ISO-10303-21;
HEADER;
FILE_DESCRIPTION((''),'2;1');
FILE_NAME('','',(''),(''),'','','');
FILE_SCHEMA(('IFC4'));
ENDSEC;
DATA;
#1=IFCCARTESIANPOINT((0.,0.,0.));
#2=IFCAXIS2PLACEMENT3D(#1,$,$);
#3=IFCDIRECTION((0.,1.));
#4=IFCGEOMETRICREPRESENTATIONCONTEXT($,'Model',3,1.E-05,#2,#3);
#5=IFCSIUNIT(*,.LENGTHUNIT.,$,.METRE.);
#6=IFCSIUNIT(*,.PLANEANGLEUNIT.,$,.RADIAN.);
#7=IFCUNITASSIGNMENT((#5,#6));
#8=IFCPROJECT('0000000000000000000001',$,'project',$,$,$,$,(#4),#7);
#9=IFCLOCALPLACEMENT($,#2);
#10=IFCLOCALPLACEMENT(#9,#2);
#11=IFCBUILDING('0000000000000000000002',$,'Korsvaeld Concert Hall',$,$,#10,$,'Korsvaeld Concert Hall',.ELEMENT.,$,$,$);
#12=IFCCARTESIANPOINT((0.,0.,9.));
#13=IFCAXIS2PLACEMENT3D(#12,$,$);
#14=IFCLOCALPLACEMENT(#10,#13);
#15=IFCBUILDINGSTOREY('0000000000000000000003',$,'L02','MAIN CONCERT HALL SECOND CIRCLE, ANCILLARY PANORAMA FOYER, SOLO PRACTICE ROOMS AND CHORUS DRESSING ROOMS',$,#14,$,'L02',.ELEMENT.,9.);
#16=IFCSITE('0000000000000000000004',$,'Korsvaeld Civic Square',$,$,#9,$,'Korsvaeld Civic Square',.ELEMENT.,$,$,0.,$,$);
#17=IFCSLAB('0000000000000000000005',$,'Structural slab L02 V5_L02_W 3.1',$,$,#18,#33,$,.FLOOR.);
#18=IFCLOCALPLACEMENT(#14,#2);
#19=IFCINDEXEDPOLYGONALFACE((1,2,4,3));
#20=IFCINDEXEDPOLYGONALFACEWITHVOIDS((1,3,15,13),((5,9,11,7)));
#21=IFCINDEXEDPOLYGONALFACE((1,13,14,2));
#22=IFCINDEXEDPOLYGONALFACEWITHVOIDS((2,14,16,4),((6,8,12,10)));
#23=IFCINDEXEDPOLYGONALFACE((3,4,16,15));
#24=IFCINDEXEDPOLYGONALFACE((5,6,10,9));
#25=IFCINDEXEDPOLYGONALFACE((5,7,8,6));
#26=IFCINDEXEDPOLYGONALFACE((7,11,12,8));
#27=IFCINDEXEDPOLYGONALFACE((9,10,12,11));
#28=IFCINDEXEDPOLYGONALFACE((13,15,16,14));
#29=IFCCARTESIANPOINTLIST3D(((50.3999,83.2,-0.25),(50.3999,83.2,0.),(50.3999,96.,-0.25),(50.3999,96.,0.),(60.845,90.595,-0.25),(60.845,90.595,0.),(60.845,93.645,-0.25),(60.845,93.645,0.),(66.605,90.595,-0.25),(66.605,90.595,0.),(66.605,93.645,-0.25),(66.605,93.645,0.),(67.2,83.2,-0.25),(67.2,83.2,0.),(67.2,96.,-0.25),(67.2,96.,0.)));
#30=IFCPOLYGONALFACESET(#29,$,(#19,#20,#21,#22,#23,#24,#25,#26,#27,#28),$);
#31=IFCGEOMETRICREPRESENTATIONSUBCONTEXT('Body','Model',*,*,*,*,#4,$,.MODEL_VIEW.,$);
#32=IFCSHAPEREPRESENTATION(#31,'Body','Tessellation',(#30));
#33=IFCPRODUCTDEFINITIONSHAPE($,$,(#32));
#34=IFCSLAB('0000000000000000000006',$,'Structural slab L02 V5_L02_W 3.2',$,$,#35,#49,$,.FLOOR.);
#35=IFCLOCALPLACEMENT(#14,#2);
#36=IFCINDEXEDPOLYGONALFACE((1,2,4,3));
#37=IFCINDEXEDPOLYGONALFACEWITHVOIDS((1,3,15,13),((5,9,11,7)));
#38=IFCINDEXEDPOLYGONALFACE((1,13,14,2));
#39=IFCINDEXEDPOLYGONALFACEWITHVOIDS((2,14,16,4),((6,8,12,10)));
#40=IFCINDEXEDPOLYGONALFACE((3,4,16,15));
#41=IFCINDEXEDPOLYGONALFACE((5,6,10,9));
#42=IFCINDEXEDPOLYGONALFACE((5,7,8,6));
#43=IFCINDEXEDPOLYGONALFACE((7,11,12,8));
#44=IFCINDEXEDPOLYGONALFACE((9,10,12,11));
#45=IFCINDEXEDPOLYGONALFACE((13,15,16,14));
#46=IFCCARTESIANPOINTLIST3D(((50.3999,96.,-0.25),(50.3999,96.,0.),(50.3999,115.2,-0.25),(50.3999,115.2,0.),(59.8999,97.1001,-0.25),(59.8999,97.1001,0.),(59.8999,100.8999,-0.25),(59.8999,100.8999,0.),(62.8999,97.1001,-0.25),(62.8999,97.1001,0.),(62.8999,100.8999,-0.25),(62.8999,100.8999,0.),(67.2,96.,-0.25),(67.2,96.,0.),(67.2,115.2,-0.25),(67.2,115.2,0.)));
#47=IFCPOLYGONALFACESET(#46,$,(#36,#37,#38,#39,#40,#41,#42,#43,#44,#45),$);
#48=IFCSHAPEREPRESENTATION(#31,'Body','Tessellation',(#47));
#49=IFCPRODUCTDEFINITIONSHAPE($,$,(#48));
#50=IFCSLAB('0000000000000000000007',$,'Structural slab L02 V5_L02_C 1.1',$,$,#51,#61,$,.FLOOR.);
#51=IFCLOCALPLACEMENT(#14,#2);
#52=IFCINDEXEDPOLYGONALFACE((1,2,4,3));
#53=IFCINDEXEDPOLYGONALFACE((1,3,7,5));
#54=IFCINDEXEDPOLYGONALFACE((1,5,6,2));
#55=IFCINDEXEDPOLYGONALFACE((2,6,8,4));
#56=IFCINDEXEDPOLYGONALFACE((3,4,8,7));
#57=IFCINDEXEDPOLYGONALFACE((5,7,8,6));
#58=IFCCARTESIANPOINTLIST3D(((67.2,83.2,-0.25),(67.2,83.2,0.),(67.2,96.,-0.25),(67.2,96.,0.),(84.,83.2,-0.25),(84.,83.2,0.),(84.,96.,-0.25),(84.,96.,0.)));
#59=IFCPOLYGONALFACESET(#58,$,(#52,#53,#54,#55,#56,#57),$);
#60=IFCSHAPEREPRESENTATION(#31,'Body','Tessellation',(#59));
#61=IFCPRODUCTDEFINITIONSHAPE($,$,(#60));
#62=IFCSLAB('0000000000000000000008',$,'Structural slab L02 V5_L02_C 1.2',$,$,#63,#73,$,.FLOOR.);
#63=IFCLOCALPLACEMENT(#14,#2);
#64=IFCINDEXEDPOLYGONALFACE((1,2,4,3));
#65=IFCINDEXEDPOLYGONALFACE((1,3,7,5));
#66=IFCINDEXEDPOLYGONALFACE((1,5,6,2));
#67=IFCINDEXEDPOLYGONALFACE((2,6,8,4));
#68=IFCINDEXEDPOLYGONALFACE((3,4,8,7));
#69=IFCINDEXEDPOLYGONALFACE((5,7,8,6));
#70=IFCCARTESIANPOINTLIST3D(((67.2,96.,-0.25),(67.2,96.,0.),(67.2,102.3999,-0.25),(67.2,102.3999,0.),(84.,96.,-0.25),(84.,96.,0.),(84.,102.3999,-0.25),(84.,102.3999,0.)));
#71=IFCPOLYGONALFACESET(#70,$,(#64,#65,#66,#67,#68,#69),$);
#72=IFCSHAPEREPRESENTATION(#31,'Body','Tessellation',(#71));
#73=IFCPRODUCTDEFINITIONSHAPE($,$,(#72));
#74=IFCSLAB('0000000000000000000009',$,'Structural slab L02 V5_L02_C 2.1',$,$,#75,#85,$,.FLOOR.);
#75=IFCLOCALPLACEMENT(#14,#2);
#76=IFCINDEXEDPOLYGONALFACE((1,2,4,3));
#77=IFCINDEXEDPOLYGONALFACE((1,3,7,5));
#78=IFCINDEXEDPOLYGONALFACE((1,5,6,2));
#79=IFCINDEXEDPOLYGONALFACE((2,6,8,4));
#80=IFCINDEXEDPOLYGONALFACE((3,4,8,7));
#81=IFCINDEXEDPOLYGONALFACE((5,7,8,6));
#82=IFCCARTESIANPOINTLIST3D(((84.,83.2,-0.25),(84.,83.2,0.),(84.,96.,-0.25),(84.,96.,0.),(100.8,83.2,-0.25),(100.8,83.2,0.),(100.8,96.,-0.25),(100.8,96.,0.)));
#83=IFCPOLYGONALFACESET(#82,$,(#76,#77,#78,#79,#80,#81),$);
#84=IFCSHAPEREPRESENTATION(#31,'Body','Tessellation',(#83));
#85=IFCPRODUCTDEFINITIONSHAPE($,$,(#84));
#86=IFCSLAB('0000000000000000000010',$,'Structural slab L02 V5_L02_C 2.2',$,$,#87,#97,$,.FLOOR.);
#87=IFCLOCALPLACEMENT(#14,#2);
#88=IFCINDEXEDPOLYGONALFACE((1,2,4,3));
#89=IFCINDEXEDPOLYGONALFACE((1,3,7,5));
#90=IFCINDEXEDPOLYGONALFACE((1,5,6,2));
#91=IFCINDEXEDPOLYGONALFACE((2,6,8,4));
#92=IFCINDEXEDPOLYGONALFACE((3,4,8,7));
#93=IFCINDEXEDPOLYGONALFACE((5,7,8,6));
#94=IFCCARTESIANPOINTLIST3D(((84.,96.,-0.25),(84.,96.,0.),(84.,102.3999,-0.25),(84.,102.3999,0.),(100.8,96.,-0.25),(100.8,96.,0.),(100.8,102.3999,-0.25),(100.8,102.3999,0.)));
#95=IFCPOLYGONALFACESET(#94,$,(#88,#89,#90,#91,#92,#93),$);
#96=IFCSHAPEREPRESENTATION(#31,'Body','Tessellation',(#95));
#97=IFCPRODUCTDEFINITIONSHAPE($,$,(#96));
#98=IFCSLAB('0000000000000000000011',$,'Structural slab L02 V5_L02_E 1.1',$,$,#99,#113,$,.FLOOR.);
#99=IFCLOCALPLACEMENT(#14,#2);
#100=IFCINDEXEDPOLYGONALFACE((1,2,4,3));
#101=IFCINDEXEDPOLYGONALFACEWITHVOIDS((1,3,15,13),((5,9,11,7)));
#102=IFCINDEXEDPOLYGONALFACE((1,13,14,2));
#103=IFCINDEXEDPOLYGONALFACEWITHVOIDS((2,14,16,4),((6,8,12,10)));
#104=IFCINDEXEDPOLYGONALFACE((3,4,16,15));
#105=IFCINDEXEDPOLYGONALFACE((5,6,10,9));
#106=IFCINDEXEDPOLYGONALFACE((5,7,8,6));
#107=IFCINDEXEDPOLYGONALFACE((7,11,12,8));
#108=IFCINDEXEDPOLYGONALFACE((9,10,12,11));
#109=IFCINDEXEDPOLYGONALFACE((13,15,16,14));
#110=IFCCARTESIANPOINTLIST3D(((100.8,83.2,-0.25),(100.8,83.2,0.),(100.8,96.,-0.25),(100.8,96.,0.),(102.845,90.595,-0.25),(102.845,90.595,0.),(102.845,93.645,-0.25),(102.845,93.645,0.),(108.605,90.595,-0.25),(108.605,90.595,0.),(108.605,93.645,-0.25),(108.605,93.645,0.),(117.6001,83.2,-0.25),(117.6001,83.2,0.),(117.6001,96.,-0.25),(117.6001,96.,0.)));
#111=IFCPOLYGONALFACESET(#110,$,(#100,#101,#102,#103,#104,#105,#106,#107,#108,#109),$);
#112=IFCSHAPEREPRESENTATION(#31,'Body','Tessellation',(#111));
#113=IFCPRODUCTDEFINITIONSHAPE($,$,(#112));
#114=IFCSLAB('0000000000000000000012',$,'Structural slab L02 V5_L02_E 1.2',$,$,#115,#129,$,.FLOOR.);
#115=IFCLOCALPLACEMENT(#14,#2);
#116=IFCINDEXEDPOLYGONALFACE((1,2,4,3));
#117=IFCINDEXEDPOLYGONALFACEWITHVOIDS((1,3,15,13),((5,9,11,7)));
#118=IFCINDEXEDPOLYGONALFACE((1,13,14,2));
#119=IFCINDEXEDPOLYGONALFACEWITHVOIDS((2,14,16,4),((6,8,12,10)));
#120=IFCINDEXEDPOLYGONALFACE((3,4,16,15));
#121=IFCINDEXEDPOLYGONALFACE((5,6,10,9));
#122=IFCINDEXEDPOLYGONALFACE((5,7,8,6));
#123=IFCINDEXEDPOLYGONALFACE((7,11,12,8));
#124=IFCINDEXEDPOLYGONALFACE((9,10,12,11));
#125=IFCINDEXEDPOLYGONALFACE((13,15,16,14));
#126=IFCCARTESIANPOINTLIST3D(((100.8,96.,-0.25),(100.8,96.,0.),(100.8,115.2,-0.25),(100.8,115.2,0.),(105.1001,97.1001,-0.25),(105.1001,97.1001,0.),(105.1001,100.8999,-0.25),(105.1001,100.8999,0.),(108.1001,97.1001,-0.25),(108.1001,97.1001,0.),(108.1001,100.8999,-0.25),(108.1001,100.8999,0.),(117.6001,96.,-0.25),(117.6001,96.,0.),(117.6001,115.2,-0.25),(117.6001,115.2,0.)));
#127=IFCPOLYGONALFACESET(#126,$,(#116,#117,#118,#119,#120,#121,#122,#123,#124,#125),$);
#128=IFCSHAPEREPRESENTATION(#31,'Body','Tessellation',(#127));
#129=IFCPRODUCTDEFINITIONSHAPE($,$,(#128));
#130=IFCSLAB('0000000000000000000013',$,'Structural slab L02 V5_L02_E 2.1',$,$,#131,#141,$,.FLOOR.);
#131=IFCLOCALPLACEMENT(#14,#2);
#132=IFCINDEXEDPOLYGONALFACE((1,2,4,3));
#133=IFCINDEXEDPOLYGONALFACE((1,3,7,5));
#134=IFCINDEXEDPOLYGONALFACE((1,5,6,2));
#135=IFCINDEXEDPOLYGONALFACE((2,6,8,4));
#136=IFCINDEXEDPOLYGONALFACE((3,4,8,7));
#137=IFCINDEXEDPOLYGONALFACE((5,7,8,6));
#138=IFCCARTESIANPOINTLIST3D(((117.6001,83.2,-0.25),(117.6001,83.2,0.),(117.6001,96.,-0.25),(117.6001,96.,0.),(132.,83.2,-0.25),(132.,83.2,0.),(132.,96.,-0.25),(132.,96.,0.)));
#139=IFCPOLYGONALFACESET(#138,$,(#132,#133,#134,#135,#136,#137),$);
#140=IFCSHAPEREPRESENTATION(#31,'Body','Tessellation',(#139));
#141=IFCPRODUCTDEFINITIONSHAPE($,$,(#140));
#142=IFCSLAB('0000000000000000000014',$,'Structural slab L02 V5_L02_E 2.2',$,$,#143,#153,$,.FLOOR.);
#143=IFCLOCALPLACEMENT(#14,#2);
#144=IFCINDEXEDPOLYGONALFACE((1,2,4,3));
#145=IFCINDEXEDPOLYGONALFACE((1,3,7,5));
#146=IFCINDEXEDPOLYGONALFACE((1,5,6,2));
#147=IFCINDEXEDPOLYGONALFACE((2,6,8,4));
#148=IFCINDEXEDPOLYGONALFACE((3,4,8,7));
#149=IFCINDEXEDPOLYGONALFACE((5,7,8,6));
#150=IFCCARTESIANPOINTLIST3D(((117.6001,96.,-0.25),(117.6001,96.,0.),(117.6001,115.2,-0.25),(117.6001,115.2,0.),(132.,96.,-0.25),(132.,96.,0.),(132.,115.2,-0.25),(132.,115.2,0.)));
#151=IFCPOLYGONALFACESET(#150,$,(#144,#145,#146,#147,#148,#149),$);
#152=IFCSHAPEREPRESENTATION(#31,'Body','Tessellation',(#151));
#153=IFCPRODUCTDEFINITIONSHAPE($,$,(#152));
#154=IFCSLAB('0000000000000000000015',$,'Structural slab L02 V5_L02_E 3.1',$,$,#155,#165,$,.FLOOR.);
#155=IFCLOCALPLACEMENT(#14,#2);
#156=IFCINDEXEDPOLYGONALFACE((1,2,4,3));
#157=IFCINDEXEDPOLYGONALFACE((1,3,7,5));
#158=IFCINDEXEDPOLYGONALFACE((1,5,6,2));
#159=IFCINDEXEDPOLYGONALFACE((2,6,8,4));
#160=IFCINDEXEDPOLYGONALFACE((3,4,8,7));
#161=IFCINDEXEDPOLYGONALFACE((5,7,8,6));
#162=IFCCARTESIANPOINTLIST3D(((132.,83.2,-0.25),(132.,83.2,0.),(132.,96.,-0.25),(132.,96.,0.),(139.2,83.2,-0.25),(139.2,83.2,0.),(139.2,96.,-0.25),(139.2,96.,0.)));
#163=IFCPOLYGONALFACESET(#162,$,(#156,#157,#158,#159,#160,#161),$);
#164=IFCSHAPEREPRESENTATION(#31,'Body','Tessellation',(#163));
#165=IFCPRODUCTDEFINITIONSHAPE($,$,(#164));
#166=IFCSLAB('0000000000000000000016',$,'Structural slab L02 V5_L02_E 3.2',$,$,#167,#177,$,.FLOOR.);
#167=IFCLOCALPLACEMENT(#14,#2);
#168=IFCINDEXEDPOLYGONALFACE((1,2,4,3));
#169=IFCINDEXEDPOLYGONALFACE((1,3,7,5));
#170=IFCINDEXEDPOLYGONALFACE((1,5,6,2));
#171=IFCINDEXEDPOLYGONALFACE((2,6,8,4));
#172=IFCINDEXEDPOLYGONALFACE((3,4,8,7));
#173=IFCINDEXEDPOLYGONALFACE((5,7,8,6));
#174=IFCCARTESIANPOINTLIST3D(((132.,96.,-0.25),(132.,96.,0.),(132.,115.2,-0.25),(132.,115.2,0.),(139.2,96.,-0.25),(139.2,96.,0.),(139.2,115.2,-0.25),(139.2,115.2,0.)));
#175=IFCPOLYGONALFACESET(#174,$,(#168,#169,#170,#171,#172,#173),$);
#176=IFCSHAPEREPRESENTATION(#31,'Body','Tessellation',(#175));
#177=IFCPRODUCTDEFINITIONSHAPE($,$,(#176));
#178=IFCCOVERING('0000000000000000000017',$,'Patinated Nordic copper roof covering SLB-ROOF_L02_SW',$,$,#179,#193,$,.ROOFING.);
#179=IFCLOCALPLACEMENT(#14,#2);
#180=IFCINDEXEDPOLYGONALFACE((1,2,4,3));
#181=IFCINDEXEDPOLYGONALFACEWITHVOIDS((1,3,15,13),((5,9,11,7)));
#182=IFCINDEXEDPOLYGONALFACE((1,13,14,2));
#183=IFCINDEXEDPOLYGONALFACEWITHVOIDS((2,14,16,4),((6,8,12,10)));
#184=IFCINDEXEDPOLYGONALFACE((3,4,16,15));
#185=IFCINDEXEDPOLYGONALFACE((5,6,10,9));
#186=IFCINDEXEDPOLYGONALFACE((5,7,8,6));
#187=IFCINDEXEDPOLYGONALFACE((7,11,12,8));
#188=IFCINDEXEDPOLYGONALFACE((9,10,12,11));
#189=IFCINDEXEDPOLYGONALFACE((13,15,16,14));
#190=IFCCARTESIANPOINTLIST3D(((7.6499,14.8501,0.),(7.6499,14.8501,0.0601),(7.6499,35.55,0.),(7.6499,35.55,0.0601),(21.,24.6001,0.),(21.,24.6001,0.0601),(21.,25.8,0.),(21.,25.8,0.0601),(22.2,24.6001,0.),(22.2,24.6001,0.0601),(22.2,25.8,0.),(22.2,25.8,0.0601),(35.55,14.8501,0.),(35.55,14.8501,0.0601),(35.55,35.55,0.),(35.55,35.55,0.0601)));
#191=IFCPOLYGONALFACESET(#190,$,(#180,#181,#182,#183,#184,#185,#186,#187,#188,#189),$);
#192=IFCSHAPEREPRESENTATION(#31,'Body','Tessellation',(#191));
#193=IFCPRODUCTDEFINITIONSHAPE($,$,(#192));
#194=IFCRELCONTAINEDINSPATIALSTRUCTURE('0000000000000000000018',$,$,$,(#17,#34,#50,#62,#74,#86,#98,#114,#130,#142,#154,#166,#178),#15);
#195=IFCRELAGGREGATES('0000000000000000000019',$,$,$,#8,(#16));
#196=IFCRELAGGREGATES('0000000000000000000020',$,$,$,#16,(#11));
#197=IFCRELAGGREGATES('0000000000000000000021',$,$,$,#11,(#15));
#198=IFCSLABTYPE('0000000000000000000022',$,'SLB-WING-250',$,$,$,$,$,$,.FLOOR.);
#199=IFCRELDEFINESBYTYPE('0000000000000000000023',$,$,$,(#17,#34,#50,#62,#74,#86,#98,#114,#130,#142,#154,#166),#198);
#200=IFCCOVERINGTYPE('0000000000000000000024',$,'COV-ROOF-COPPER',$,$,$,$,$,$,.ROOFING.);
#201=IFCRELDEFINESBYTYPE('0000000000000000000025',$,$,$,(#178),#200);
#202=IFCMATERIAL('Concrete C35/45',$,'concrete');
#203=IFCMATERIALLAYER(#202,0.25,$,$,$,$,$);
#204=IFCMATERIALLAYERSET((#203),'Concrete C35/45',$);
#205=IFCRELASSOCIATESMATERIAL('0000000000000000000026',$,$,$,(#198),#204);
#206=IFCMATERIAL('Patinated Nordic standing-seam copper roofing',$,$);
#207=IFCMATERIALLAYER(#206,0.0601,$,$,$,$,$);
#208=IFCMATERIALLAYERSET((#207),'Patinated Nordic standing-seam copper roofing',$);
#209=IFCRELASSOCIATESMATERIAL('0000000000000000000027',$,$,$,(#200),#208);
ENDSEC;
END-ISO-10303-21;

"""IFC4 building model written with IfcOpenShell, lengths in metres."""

from ifc_helpers import new_model, si_unit, direction, frame, origin, place, context, subcontext, project, spatial, polyline, outline, extrude, material, layer, layer_set, type_object, element, save


model = new_model("IFC4")

# Units and contexts
model_context = context("Model", 3, precision=1e-05, world=origin(), true_north=direction((0.0, 1.0)))
body_context = subcontext(model_context, "Body", "Model", "MODEL_VIEW")
ifc_project = project(units=[si_unit("LENGTHUNIT", "METRE"), si_unit("PLANEANGLEUNIT", "RADIAN")], contexts=[model_context])

# Site, building, storey
site_placement = place(None, origin())
site = spatial("IfcSite", under=ifc_project, at=site_placement, Name="Korsvaeld Civic Square", LongName="Korsvaeld Civic Square", CompositionType="ELEMENT", RefElevation=0.0)
building_placement = place(site_placement, origin())
building = spatial("IfcBuilding", under=site, at=building_placement, Name="Korsvaeld Concert Hall", LongName="Korsvaeld Concert Hall", CompositionType="ELEMENT")
storey_placement = place(building_placement, frame((0.0, 0.0, 9.0)))
storey = spatial("IfcBuildingStorey", under=building, at=storey_placement, Name="L02", Description="MAIN CONCERT HALL SECOND CIRCLE, ANCILLARY PANORAMA FOYER, SOLO PRACTICE ROOMS AND CHORUS DRESSING ROOMS", LongName="L02", CompositionType="ELEMENT", Elevation=9.0)

# Shared definitions
ifc_material_1 = material(Name="Concrete C35/45", Category="concrete")

# Slabs
ifc_layer_1 = layer(ifc_material_1, 0.25)
ifc_layer_set_1 = layer_set([ifc_layer_1], Name="Concrete C35/45")
slab_type_1 = type_object("IfcSlabType", Name="SLB-WING-250", PredefinedType="FLOOR", material=ifc_layer_set_1)
slab_1_placement = place(storey_placement, frame((0.0, 0.0, -0.25)))
element("IfcSlab", 1, at=slab_1_placement, inside=storey, type_object=slab_type_1, Name="Structural slab L02 V5_L02_W 3.1", PredefinedType="FLOOR", context=body_context, shape_type="SweptSolid", body=[
    extrude(outline(polyline([(50.3999, 83.2), (50.3999, 96.0), (67.2, 96.0), (67.2, 83.2), (50.3999, 83.2)]), holes=[polyline([(60.845, 90.595), (66.605, 90.595), (66.605, 93.645), (60.845, 93.645), (60.845, 90.595)])]), origin(), (0.0, 0.0, 1.0), 0.25),
])
slab_2_placement = place(storey_placement, frame((0.0, 0.0, -0.25)))
element("IfcSlab", 2, at=slab_2_placement, inside=storey, type_object=slab_type_1, Name="Structural slab L02 V5_L02_W 3.2", PredefinedType="FLOOR", context=body_context, shape_type="SweptSolid", body=[
    extrude(outline(polyline([(50.3999, 96.0), (50.3999, 115.2), (67.2, 115.2), (67.2, 96.0), (50.3999, 96.0)]), holes=[polyline([(62.8999, 100.8999), (59.8999, 100.8999), (59.8999, 97.1001), (62.8999, 97.1001), (62.8999, 100.8999)])]), origin(), (0.0, 0.0, 1.0), 0.25),
])
slab_3_placement = place(storey_placement, frame((0.0, 0.0, -0.25)))
element("IfcSlab", 3, at=slab_3_placement, inside=storey, type_object=slab_type_1, Name="Structural slab L02 V5_L02_C 1.1", PredefinedType="FLOOR", context=body_context, shape_type="SweptSolid", body=[
    extrude(outline(polyline([(67.2, 83.2), (67.2, 96.0), (84.0, 96.0), (84.0, 83.2), (67.2, 83.2)])), origin(), (0.0, 0.0, 1.0), 0.25),
])
slab_4_placement = place(storey_placement, frame((0.0, 0.0, -0.25)))
element("IfcSlab", 4, at=slab_4_placement, inside=storey, type_object=slab_type_1, Name="Structural slab L02 V5_L02_C 1.2", PredefinedType="FLOOR", context=body_context, shape_type="SweptSolid", body=[
    extrude(outline(polyline([(67.2, 96.0), (67.2, 102.3999), (84.0, 102.3999), (84.0, 96.0), (67.2, 96.0)])), origin(), (0.0, 0.0, 1.0), 0.25),
])
slab_5_placement = place(storey_placement, frame((0.0, 0.0, -0.25)))
element("IfcSlab", 5, at=slab_5_placement, inside=storey, type_object=slab_type_1, Name="Structural slab L02 V5_L02_C 2.1", PredefinedType="FLOOR", context=body_context, shape_type="SweptSolid", body=[
    extrude(outline(polyline([(84.0, 83.2), (84.0, 96.0), (100.8, 96.0), (100.8, 83.2), (84.0, 83.2)])), origin(), (0.0, 0.0, 1.0), 0.25),
])
slab_6_placement = place(storey_placement, frame((0.0, 0.0, -0.25)))
element("IfcSlab", 6, at=slab_6_placement, inside=storey, type_object=slab_type_1, Name="Structural slab L02 V5_L02_C 2.2", PredefinedType="FLOOR", context=body_context, shape_type="SweptSolid", body=[
    extrude(outline(polyline([(84.0, 96.0), (84.0, 102.3999), (100.8, 102.3999), (100.8, 96.0), (84.0, 96.0)])), origin(), (0.0, 0.0, 1.0), 0.25),
])
slab_7_placement = place(storey_placement, frame((0.0, 0.0, -0.25)))
element("IfcSlab", 7, at=slab_7_placement, inside=storey, type_object=slab_type_1, Name="Structural slab L02 V5_L02_E 1.1", PredefinedType="FLOOR", context=body_context, shape_type="SweptSolid", body=[
    extrude(outline(polyline([(100.8, 83.2), (100.8, 96.0), (117.6001, 96.0), (117.6001, 83.2), (100.8, 83.2)]), holes=[polyline([(102.845, 90.595), (108.605, 90.595), (108.605, 93.645), (102.845, 93.645), (102.845, 90.595)])]), origin(), (0.0, 0.0, 1.0), 0.25),
])
slab_8_placement = place(storey_placement, frame((0.0, 0.0, -0.25)))
element("IfcSlab", 8, at=slab_8_placement, inside=storey, type_object=slab_type_1, Name="Structural slab L02 V5_L02_E 1.2", PredefinedType="FLOOR", context=body_context, shape_type="SweptSolid", body=[
    extrude(outline(polyline([(100.8, 96.0), (100.8, 115.2), (117.6001, 115.2), (117.6001, 96.0), (100.8, 96.0)]), holes=[polyline([(108.1001, 97.1001), (108.1001, 100.8999), (105.1001, 100.8999), (105.1001, 97.1001), (108.1001, 97.1001)])]), origin(), (0.0, 0.0, 1.0), 0.25),
])
slab_9_placement = place(storey_placement, frame((0.0, 0.0, -0.25)))
element("IfcSlab", 9, at=slab_9_placement, inside=storey, type_object=slab_type_1, Name="Structural slab L02 V5_L02_E 2.1", PredefinedType="FLOOR", context=body_context, shape_type="SweptSolid", body=[
    extrude(outline(polyline([(117.6001, 83.2), (117.6001, 96.0), (132.0, 96.0), (132.0, 83.2), (117.6001, 83.2)])), origin(), (0.0, 0.0, 1.0), 0.25),
])
slab_10_placement = place(storey_placement, frame((0.0, 0.0, -0.25)))
element("IfcSlab", 10, at=slab_10_placement, inside=storey, type_object=slab_type_1, Name="Structural slab L02 V5_L02_E 2.2", PredefinedType="FLOOR", context=body_context, shape_type="SweptSolid", body=[
    extrude(outline(polyline([(117.6001, 96.0), (117.6001, 115.2), (132.0, 115.2), (132.0, 96.0), (117.6001, 96.0)])), origin(), (0.0, 0.0, 1.0), 0.25),
])
slab_11_placement = place(storey_placement, frame((0.0, 0.0, -0.25)))
element("IfcSlab", 11, at=slab_11_placement, inside=storey, type_object=slab_type_1, Name="Structural slab L02 V5_L02_E 3.1", PredefinedType="FLOOR", context=body_context, shape_type="SweptSolid", body=[
    extrude(outline(polyline([(132.0, 83.2), (132.0, 96.0), (139.2, 96.0), (139.2, 83.2), (132.0, 83.2)])), origin(), (0.0, 0.0, 1.0), 0.25),
])
slab_12_placement = place(storey_placement, frame((0.0, 0.0, -0.25)))
element("IfcSlab", 12, at=slab_12_placement, inside=storey, type_object=slab_type_1, Name="Structural slab L02 V5_L02_E 3.2", PredefinedType="FLOOR", context=body_context, shape_type="SweptSolid", body=[
    extrude(outline(polyline([(132.0, 96.0), (132.0, 115.2), (139.2, 115.2), (139.2, 96.0), (132.0, 96.0)])), origin(), (0.0, 0.0, 1.0), 0.25),
])

# Covering
ifc_material_2 = material(Name="Patinated Nordic standing-seam copper roofing")
ifc_layer_2 = layer(ifc_material_2, 0.0601)
ifc_layer_set_2 = layer_set([ifc_layer_2], Name="Patinated Nordic standing-seam copper roofing")
covering_type_1 = type_object("IfcCoveringType", Name="COV-ROOF-COPPER", PredefinedType="ROOFING", material=ifc_layer_set_2)
covering_1_placement = place(storey_placement, origin())
element("IfcCovering", 13, at=covering_1_placement, inside=storey, type_object=covering_type_1, Name="Patinated Nordic copper roof covering SLB-ROOF_L02_SW", PredefinedType="ROOFING", context=body_context, shape_type="SweptSolid", body=[
    extrude(outline(polyline([(7.6499, 14.8501), (7.6499, 35.55), (35.55, 35.55), (35.55, 14.8501), (7.6499, 14.8501)]), holes=[polyline([(21.0, 24.6001), (22.2, 24.6001), (22.2, 25.8), (21.0, 25.8), (21.0, 24.6001)])]), origin(), (0.0, 0.0, 1.0), 0.0601),
])

save(model, "model.ifc")
